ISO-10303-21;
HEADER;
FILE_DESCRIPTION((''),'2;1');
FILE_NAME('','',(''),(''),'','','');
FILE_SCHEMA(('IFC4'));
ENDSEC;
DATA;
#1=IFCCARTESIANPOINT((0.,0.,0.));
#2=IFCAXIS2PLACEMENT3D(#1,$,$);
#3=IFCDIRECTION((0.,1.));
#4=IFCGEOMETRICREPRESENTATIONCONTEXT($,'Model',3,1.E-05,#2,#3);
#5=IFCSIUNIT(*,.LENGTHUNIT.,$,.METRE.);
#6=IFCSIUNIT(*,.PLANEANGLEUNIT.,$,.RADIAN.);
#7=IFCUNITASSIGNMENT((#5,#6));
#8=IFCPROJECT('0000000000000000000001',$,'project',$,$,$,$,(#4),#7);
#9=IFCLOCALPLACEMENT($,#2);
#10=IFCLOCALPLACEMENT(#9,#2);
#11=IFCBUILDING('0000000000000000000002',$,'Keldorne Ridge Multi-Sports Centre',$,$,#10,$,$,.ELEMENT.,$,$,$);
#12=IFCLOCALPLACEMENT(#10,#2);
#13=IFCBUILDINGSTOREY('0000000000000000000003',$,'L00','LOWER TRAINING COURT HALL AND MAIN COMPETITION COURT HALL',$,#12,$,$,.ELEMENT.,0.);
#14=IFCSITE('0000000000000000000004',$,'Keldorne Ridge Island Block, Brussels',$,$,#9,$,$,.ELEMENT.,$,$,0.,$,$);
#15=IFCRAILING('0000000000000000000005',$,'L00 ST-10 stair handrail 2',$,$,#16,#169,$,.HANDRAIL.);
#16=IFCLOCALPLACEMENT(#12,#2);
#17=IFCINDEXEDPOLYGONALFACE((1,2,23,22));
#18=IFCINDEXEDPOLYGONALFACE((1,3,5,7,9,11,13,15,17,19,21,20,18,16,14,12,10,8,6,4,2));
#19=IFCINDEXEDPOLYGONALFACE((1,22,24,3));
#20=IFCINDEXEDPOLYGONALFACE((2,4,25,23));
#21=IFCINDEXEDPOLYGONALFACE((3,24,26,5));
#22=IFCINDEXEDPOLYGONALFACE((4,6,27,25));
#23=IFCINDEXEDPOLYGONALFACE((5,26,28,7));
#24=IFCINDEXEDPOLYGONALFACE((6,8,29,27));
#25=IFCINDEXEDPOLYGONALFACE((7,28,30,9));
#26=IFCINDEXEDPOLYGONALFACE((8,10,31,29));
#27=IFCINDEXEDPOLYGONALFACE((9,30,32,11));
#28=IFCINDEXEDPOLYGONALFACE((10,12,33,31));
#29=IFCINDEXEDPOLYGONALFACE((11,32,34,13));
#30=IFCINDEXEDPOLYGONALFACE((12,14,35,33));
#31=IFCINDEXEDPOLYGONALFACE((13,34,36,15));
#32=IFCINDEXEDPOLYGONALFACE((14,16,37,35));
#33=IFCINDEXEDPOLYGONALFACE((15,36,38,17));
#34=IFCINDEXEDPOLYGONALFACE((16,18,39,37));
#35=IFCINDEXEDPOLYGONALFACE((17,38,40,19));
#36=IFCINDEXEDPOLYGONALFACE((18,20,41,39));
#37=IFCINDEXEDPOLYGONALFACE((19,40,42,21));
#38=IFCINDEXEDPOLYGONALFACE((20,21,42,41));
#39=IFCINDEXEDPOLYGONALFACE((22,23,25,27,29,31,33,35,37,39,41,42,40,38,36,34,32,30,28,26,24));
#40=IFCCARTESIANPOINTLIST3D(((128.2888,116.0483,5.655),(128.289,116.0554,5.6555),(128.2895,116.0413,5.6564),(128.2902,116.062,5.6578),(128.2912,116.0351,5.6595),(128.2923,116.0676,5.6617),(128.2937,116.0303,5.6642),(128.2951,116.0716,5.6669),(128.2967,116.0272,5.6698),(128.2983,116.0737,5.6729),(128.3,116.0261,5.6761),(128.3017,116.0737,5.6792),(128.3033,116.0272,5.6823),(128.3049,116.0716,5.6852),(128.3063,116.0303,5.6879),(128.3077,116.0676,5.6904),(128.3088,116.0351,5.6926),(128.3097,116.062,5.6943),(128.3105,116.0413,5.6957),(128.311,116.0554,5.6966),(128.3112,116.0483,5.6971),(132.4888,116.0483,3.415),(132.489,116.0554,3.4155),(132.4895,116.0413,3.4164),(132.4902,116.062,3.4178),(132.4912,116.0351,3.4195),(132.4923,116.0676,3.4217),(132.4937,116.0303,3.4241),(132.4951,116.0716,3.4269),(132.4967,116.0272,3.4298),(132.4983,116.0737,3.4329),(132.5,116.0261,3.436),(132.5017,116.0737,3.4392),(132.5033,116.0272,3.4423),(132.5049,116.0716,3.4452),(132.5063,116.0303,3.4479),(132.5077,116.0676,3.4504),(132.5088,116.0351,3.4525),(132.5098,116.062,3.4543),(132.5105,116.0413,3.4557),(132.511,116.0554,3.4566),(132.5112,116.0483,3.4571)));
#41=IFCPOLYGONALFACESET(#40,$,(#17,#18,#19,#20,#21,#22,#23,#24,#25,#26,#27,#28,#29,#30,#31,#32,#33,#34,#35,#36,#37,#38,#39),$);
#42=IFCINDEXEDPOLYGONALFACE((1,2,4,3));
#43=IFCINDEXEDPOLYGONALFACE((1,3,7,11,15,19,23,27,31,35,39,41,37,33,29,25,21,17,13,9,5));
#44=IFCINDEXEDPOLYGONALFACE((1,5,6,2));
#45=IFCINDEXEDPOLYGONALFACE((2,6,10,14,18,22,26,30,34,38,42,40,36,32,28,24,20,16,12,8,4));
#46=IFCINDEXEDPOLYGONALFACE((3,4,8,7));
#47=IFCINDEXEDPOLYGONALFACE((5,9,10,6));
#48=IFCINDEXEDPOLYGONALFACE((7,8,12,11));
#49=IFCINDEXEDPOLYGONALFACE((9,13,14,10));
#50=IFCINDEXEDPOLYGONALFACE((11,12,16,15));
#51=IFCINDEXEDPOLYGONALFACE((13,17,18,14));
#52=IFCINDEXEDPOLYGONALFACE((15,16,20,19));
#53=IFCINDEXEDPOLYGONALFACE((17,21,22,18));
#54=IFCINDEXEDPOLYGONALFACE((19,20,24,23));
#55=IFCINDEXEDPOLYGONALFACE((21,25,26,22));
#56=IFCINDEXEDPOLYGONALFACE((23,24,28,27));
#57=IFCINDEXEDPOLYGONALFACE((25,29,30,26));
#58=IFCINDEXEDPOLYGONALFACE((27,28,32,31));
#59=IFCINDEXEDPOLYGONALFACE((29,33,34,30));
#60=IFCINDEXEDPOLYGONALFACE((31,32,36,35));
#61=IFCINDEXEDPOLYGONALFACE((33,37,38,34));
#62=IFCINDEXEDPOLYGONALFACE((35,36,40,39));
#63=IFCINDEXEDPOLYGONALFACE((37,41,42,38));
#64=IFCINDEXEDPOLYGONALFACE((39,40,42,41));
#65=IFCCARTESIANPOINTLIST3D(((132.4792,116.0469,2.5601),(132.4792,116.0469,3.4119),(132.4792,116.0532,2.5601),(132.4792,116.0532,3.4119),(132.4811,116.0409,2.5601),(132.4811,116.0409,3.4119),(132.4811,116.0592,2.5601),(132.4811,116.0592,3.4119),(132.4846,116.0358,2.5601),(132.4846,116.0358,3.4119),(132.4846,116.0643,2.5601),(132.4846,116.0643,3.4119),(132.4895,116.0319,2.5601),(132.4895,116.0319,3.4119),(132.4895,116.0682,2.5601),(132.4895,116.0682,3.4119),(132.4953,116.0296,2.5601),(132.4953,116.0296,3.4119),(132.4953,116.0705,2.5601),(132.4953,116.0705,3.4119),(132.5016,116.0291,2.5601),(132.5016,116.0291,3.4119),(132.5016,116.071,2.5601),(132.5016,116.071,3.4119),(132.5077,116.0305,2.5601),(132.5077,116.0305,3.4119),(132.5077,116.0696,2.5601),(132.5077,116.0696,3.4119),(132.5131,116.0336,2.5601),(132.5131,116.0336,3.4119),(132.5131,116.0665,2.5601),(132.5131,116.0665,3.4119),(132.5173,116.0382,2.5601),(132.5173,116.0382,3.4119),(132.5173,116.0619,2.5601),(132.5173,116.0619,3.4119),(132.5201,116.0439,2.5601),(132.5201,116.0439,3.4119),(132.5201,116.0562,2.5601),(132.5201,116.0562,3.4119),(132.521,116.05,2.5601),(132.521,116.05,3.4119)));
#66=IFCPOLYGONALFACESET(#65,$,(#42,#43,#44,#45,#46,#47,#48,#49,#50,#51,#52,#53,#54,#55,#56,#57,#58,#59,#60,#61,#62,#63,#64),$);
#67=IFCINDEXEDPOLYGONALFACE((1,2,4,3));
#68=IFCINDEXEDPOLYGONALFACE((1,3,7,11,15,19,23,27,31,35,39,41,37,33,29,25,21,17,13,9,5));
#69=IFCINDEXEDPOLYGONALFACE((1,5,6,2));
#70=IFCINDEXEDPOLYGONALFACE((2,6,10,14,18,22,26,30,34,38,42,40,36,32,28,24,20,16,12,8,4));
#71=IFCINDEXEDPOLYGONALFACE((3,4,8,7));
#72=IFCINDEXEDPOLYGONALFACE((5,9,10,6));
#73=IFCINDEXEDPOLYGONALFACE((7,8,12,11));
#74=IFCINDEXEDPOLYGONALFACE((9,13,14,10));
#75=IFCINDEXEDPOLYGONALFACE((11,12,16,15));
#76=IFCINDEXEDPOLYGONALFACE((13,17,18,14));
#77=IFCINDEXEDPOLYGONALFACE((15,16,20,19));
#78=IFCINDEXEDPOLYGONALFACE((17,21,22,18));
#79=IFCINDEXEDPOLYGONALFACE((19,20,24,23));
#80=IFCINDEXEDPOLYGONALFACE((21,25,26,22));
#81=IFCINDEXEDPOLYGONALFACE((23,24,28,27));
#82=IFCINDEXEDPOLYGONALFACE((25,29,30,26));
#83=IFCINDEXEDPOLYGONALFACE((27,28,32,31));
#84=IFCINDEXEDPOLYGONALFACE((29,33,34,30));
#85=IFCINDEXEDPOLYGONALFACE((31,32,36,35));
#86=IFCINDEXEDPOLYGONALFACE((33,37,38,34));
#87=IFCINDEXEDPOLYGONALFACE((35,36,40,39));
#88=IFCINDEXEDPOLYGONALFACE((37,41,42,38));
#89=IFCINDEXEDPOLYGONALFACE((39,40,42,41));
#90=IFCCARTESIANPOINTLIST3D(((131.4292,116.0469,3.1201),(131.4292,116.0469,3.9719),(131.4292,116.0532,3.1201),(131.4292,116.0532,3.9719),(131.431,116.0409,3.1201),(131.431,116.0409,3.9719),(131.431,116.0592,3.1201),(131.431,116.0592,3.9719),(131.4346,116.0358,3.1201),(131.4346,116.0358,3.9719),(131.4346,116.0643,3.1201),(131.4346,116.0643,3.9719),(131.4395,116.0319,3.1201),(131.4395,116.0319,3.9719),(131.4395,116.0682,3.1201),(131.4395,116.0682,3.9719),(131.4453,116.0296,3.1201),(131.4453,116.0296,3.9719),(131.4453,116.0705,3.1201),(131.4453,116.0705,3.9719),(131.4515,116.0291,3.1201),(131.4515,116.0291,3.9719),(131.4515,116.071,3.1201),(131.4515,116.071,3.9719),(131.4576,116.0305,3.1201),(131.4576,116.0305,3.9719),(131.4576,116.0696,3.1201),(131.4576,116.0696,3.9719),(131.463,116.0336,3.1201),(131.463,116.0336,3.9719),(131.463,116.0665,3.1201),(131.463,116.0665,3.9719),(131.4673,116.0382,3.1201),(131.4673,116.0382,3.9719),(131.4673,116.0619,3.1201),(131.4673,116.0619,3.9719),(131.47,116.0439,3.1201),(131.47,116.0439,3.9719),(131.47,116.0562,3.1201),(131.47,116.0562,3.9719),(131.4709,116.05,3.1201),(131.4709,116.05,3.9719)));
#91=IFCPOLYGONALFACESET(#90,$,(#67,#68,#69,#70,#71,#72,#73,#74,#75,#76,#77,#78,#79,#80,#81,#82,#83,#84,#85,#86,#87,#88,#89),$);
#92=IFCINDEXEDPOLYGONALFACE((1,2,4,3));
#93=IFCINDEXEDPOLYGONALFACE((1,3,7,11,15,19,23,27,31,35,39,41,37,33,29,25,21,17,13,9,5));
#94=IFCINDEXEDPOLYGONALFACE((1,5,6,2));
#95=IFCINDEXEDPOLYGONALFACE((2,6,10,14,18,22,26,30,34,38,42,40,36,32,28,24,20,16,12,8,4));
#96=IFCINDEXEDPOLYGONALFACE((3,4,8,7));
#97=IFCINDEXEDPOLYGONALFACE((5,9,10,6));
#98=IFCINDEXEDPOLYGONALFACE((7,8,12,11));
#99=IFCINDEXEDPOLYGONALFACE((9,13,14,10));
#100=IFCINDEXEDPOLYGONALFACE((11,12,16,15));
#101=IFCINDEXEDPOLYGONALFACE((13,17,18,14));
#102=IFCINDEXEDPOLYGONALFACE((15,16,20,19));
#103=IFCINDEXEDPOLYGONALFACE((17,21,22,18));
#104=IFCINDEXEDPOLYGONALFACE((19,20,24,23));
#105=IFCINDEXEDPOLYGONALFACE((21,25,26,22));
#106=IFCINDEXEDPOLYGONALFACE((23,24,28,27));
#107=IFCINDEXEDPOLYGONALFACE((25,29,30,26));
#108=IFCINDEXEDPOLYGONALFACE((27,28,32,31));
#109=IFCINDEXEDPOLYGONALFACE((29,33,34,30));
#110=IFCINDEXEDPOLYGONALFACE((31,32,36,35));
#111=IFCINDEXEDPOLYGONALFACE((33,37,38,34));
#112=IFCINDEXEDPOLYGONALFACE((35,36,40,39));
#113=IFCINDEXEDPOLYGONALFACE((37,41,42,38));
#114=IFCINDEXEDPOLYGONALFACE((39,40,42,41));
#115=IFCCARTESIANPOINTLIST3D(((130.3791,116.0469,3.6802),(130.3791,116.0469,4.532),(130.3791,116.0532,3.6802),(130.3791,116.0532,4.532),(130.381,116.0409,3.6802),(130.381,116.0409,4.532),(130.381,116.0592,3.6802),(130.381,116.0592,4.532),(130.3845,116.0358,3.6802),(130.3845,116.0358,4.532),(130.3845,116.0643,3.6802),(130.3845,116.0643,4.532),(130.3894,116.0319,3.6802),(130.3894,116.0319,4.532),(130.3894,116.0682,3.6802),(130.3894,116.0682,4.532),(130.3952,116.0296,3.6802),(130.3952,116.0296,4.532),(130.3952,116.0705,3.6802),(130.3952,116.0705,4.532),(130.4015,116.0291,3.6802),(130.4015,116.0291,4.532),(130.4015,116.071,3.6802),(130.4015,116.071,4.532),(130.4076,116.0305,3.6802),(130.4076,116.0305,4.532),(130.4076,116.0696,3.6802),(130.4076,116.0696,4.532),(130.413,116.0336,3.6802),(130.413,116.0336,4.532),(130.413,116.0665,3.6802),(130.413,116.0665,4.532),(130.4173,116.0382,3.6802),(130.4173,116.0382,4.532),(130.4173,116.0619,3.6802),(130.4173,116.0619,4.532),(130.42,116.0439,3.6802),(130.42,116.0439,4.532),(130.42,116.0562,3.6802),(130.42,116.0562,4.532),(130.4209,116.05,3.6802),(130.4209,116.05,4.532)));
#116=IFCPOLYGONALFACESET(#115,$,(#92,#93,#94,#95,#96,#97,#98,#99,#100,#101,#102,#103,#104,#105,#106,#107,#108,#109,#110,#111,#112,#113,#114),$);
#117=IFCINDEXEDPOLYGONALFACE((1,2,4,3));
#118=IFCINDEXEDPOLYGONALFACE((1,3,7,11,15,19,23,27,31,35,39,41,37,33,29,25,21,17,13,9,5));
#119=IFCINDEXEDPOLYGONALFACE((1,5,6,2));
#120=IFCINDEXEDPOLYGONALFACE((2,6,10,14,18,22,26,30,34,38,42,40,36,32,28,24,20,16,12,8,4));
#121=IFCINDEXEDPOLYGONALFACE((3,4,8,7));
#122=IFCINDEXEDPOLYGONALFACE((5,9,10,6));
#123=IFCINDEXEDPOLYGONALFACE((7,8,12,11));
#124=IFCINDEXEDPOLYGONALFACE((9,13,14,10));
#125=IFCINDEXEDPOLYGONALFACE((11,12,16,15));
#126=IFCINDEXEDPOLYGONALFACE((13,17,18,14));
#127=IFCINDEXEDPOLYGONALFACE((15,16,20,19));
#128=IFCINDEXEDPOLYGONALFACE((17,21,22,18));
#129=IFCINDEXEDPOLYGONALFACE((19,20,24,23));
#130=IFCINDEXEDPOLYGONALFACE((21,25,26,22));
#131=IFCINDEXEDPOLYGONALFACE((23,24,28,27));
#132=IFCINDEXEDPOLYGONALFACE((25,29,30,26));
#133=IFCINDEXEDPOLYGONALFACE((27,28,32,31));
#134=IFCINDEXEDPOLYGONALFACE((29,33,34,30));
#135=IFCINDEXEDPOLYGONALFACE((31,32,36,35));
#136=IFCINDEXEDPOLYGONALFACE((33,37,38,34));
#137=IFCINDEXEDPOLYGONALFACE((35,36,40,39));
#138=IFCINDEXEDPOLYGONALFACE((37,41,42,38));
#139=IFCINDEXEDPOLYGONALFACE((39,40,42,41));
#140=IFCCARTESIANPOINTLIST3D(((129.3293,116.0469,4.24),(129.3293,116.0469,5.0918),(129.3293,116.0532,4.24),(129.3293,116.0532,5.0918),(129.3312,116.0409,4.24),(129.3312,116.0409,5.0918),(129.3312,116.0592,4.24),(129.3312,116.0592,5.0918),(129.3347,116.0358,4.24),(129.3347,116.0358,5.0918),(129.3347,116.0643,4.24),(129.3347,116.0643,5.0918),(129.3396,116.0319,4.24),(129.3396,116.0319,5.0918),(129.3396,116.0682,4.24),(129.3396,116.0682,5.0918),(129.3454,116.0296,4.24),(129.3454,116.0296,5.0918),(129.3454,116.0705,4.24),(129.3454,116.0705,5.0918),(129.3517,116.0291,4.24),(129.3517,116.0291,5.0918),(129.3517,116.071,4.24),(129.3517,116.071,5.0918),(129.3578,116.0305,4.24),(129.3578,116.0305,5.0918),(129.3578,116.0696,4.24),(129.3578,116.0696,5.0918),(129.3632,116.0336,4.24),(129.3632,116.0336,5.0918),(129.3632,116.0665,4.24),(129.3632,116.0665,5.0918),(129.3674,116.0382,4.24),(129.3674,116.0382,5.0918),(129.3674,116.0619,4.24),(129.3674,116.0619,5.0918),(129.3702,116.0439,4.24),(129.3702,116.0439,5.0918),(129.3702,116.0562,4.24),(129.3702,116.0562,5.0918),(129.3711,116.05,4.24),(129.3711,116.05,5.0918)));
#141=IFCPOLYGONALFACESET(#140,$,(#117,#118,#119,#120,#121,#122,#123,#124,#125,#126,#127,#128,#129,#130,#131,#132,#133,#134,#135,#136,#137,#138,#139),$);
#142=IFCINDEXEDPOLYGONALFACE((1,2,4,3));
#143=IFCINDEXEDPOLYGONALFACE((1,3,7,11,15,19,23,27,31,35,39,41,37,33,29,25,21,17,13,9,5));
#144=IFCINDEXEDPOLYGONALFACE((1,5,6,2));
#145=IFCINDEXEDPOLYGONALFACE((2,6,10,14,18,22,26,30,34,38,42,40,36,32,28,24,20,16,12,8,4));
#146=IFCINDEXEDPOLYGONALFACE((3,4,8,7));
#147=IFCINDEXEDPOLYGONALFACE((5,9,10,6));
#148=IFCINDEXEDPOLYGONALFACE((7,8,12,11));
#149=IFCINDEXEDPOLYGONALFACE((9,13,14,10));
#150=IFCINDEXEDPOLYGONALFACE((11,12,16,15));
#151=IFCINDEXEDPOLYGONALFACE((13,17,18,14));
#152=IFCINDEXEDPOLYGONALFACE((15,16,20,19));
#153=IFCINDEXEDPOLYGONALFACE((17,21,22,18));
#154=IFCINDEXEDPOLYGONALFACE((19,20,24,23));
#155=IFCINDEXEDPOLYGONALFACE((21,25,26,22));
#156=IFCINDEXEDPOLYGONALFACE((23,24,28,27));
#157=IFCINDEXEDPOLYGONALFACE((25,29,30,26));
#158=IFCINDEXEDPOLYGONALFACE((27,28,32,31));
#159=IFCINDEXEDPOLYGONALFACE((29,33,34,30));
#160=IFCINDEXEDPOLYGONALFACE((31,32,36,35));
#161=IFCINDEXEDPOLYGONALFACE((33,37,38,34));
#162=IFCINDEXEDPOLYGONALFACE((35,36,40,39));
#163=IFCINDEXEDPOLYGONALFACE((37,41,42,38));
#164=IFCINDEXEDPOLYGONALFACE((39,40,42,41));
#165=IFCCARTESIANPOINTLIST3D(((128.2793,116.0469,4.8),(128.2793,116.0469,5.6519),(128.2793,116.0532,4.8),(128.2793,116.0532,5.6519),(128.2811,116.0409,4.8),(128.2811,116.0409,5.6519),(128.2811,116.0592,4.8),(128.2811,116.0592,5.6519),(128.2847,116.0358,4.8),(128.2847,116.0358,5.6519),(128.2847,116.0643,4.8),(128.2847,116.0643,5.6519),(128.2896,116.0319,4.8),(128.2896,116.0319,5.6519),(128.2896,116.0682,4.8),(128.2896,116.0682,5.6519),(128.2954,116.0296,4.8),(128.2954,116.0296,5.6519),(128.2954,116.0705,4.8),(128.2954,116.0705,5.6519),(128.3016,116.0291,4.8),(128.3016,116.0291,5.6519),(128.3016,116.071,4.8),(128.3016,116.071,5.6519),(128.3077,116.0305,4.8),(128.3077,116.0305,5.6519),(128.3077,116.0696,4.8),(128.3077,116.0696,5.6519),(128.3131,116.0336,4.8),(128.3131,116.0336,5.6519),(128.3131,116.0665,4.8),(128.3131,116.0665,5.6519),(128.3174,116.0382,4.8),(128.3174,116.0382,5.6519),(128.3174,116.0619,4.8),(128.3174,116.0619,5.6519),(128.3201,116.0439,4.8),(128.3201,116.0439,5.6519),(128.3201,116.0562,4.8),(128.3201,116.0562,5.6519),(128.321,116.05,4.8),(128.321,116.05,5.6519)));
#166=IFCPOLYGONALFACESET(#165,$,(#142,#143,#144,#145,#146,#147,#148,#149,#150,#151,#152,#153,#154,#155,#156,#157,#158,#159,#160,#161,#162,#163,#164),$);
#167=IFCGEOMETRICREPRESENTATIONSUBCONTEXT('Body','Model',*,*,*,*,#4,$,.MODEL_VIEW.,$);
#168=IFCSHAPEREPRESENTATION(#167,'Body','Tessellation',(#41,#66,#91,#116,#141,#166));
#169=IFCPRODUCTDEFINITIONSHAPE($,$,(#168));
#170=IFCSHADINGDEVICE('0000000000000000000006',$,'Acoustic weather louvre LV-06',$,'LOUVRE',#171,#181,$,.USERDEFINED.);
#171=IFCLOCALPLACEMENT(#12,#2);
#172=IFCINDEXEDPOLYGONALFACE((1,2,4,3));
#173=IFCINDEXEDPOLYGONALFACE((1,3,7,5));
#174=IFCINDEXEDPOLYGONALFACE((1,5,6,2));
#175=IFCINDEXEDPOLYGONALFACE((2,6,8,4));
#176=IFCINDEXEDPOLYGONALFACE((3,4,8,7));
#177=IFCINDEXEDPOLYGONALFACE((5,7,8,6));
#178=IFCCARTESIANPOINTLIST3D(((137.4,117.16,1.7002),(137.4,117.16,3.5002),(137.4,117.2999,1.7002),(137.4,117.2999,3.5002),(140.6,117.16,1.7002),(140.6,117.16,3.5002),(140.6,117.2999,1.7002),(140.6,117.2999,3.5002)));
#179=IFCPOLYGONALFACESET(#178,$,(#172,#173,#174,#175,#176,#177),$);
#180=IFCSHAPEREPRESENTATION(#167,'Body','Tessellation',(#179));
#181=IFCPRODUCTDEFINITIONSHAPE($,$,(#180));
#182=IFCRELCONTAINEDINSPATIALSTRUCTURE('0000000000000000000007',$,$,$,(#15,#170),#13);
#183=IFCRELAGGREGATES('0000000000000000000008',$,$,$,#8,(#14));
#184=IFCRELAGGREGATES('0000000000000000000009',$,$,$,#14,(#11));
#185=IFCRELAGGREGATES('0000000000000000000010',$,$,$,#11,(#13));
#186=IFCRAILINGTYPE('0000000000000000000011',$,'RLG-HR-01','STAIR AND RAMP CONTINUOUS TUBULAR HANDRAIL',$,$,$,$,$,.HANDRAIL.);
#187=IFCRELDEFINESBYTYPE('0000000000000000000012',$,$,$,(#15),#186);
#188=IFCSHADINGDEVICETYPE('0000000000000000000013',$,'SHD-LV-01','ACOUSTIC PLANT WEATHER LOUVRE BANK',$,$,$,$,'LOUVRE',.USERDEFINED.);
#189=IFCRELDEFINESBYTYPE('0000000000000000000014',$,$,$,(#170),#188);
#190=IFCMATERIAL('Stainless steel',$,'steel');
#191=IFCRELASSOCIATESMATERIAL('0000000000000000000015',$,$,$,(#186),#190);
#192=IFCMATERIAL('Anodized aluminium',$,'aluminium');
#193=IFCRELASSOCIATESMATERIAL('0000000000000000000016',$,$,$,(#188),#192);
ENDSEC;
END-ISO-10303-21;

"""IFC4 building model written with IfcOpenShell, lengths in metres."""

from ifc_helpers import new_model, si_unit, direction, frame, origin, origin_2d, place, context, subcontext, project, spatial, rectangle, circle, extrude, material, type_object, element, save


model = new_model("IFC4")

# Units and contexts
model_context = context("Model", 3, precision=1e-05, world=origin(), true_north=direction((0.0, 1.0)))
body_context = subcontext(model_context, "Body", "Model", "MODEL_VIEW")
ifc_project = project(units=[si_unit("LENGTHUNIT", "METRE"), si_unit("PLANEANGLEUNIT", "RADIAN")], contexts=[model_context])

# Site, building, storey
site_placement = place(None, origin())
site = spatial("IfcSite", under=ifc_project, at=site_placement, Name="Keldorne Ridge Island Block, Brussels", CompositionType="ELEMENT", RefElevation=0.0)
building_placement = place(site_placement, origin())
building = spatial("IfcBuilding", under=site, at=building_placement, Name="Keldorne Ridge Multi-Sports Centre", CompositionType="ELEMENT")
storey_placement = place(building_placement, origin())
storey = spatial("IfcBuildingStorey", under=building, at=storey_placement, Name="L00", Description="LOWER TRAINING COURT HALL AND MAIN COMPETITION COURT HALL", CompositionType="ELEMENT", Elevation=0.0)

# Shared definitions
ifc_material_1 = material(Name="Anodized aluminium", Category="aluminium")

# Railing
ifc_material_2 = material(Name="Stainless steel", Category="steel")
railing_type_1 = type_object("IfcRailingType", Name="RLG-HR-01", Description="STAIR AND RAMP CONTINUOUS TUBULAR HANDRAIL", PredefinedType="HANDRAIL", material=ifc_material_2)
railing_1_placement = place(storey_placement, frame((132.5, 116.05, 2.5601)))
element("IfcRailing", 1, at=railing_1_placement, inside=storey, type_object=railing_type_1, Name="L00 ST-10 stair handrail 2", PredefinedType="HANDRAIL", context=body_context, shape_type="SweptSolid", body=[
    extrude(circle(Radius=0.0239, at=origin_2d()), frame((0.0, 0.0, 0.876), z_axis=(-0.882352, 0.0, 0.470591), x_axis=(0.0, -1.0, 0.0)), (0.0, 0.0, 1.0), 4.76),
    extrude(circle(Radius=0.021, at=origin_2d()), origin(), (0.0, 0.0, 1.0), 0.8518),
    extrude(circle(Radius=0.021, at=origin_2d()), frame((-1.05, 0.0, 0.5601)), (0.0, 0.0, 1.0), 0.8518),
    extrude(circle(Radius=0.021, at=origin_2d()), frame((-2.1001, 0.0, 1.1201)), (0.0, 0.0, 1.0), 0.8518),
    extrude(circle(Radius=0.021, at=origin_2d()), frame((-3.1499, 0.0, 1.6799)), (0.0, 0.0, 1.0), 0.8518),
    extrude(circle(Radius=0.021, at=origin_2d()), frame((-4.2, 0.0, 2.24)), (0.0, 0.0, 1.0), 0.8518),
])

# Shading device
shading_device_type = type_object("IfcShadingDeviceType", Name="SHD-LV-01", Description="ACOUSTIC PLANT WEATHER LOUVRE BANK", ElementType="LOUVRE", PredefinedType="USERDEFINED", material=ifc_material_1)
shading_device_placement = place(storey_placement, frame((139.0, 117.23, 1.7002), z_axis=(0.0, 0.0, 1.0), x_axis=(1.0, 0.0, 0.0)))
element("IfcShadingDevice", 2, at=shading_device_placement, inside=storey, type_object=shading_device_type, Name="Acoustic weather louvre LV-06", ObjectType="LOUVRE", PredefinedType="USERDEFINED", context=body_context, shape_type="SweptSolid", body=[
    extrude(rectangle(XDim=3.2, YDim=0.1399, at=origin_2d()), origin(), (0.0, 0.0, 1.0), 1.8),
])

save(model, "model.ifc")
